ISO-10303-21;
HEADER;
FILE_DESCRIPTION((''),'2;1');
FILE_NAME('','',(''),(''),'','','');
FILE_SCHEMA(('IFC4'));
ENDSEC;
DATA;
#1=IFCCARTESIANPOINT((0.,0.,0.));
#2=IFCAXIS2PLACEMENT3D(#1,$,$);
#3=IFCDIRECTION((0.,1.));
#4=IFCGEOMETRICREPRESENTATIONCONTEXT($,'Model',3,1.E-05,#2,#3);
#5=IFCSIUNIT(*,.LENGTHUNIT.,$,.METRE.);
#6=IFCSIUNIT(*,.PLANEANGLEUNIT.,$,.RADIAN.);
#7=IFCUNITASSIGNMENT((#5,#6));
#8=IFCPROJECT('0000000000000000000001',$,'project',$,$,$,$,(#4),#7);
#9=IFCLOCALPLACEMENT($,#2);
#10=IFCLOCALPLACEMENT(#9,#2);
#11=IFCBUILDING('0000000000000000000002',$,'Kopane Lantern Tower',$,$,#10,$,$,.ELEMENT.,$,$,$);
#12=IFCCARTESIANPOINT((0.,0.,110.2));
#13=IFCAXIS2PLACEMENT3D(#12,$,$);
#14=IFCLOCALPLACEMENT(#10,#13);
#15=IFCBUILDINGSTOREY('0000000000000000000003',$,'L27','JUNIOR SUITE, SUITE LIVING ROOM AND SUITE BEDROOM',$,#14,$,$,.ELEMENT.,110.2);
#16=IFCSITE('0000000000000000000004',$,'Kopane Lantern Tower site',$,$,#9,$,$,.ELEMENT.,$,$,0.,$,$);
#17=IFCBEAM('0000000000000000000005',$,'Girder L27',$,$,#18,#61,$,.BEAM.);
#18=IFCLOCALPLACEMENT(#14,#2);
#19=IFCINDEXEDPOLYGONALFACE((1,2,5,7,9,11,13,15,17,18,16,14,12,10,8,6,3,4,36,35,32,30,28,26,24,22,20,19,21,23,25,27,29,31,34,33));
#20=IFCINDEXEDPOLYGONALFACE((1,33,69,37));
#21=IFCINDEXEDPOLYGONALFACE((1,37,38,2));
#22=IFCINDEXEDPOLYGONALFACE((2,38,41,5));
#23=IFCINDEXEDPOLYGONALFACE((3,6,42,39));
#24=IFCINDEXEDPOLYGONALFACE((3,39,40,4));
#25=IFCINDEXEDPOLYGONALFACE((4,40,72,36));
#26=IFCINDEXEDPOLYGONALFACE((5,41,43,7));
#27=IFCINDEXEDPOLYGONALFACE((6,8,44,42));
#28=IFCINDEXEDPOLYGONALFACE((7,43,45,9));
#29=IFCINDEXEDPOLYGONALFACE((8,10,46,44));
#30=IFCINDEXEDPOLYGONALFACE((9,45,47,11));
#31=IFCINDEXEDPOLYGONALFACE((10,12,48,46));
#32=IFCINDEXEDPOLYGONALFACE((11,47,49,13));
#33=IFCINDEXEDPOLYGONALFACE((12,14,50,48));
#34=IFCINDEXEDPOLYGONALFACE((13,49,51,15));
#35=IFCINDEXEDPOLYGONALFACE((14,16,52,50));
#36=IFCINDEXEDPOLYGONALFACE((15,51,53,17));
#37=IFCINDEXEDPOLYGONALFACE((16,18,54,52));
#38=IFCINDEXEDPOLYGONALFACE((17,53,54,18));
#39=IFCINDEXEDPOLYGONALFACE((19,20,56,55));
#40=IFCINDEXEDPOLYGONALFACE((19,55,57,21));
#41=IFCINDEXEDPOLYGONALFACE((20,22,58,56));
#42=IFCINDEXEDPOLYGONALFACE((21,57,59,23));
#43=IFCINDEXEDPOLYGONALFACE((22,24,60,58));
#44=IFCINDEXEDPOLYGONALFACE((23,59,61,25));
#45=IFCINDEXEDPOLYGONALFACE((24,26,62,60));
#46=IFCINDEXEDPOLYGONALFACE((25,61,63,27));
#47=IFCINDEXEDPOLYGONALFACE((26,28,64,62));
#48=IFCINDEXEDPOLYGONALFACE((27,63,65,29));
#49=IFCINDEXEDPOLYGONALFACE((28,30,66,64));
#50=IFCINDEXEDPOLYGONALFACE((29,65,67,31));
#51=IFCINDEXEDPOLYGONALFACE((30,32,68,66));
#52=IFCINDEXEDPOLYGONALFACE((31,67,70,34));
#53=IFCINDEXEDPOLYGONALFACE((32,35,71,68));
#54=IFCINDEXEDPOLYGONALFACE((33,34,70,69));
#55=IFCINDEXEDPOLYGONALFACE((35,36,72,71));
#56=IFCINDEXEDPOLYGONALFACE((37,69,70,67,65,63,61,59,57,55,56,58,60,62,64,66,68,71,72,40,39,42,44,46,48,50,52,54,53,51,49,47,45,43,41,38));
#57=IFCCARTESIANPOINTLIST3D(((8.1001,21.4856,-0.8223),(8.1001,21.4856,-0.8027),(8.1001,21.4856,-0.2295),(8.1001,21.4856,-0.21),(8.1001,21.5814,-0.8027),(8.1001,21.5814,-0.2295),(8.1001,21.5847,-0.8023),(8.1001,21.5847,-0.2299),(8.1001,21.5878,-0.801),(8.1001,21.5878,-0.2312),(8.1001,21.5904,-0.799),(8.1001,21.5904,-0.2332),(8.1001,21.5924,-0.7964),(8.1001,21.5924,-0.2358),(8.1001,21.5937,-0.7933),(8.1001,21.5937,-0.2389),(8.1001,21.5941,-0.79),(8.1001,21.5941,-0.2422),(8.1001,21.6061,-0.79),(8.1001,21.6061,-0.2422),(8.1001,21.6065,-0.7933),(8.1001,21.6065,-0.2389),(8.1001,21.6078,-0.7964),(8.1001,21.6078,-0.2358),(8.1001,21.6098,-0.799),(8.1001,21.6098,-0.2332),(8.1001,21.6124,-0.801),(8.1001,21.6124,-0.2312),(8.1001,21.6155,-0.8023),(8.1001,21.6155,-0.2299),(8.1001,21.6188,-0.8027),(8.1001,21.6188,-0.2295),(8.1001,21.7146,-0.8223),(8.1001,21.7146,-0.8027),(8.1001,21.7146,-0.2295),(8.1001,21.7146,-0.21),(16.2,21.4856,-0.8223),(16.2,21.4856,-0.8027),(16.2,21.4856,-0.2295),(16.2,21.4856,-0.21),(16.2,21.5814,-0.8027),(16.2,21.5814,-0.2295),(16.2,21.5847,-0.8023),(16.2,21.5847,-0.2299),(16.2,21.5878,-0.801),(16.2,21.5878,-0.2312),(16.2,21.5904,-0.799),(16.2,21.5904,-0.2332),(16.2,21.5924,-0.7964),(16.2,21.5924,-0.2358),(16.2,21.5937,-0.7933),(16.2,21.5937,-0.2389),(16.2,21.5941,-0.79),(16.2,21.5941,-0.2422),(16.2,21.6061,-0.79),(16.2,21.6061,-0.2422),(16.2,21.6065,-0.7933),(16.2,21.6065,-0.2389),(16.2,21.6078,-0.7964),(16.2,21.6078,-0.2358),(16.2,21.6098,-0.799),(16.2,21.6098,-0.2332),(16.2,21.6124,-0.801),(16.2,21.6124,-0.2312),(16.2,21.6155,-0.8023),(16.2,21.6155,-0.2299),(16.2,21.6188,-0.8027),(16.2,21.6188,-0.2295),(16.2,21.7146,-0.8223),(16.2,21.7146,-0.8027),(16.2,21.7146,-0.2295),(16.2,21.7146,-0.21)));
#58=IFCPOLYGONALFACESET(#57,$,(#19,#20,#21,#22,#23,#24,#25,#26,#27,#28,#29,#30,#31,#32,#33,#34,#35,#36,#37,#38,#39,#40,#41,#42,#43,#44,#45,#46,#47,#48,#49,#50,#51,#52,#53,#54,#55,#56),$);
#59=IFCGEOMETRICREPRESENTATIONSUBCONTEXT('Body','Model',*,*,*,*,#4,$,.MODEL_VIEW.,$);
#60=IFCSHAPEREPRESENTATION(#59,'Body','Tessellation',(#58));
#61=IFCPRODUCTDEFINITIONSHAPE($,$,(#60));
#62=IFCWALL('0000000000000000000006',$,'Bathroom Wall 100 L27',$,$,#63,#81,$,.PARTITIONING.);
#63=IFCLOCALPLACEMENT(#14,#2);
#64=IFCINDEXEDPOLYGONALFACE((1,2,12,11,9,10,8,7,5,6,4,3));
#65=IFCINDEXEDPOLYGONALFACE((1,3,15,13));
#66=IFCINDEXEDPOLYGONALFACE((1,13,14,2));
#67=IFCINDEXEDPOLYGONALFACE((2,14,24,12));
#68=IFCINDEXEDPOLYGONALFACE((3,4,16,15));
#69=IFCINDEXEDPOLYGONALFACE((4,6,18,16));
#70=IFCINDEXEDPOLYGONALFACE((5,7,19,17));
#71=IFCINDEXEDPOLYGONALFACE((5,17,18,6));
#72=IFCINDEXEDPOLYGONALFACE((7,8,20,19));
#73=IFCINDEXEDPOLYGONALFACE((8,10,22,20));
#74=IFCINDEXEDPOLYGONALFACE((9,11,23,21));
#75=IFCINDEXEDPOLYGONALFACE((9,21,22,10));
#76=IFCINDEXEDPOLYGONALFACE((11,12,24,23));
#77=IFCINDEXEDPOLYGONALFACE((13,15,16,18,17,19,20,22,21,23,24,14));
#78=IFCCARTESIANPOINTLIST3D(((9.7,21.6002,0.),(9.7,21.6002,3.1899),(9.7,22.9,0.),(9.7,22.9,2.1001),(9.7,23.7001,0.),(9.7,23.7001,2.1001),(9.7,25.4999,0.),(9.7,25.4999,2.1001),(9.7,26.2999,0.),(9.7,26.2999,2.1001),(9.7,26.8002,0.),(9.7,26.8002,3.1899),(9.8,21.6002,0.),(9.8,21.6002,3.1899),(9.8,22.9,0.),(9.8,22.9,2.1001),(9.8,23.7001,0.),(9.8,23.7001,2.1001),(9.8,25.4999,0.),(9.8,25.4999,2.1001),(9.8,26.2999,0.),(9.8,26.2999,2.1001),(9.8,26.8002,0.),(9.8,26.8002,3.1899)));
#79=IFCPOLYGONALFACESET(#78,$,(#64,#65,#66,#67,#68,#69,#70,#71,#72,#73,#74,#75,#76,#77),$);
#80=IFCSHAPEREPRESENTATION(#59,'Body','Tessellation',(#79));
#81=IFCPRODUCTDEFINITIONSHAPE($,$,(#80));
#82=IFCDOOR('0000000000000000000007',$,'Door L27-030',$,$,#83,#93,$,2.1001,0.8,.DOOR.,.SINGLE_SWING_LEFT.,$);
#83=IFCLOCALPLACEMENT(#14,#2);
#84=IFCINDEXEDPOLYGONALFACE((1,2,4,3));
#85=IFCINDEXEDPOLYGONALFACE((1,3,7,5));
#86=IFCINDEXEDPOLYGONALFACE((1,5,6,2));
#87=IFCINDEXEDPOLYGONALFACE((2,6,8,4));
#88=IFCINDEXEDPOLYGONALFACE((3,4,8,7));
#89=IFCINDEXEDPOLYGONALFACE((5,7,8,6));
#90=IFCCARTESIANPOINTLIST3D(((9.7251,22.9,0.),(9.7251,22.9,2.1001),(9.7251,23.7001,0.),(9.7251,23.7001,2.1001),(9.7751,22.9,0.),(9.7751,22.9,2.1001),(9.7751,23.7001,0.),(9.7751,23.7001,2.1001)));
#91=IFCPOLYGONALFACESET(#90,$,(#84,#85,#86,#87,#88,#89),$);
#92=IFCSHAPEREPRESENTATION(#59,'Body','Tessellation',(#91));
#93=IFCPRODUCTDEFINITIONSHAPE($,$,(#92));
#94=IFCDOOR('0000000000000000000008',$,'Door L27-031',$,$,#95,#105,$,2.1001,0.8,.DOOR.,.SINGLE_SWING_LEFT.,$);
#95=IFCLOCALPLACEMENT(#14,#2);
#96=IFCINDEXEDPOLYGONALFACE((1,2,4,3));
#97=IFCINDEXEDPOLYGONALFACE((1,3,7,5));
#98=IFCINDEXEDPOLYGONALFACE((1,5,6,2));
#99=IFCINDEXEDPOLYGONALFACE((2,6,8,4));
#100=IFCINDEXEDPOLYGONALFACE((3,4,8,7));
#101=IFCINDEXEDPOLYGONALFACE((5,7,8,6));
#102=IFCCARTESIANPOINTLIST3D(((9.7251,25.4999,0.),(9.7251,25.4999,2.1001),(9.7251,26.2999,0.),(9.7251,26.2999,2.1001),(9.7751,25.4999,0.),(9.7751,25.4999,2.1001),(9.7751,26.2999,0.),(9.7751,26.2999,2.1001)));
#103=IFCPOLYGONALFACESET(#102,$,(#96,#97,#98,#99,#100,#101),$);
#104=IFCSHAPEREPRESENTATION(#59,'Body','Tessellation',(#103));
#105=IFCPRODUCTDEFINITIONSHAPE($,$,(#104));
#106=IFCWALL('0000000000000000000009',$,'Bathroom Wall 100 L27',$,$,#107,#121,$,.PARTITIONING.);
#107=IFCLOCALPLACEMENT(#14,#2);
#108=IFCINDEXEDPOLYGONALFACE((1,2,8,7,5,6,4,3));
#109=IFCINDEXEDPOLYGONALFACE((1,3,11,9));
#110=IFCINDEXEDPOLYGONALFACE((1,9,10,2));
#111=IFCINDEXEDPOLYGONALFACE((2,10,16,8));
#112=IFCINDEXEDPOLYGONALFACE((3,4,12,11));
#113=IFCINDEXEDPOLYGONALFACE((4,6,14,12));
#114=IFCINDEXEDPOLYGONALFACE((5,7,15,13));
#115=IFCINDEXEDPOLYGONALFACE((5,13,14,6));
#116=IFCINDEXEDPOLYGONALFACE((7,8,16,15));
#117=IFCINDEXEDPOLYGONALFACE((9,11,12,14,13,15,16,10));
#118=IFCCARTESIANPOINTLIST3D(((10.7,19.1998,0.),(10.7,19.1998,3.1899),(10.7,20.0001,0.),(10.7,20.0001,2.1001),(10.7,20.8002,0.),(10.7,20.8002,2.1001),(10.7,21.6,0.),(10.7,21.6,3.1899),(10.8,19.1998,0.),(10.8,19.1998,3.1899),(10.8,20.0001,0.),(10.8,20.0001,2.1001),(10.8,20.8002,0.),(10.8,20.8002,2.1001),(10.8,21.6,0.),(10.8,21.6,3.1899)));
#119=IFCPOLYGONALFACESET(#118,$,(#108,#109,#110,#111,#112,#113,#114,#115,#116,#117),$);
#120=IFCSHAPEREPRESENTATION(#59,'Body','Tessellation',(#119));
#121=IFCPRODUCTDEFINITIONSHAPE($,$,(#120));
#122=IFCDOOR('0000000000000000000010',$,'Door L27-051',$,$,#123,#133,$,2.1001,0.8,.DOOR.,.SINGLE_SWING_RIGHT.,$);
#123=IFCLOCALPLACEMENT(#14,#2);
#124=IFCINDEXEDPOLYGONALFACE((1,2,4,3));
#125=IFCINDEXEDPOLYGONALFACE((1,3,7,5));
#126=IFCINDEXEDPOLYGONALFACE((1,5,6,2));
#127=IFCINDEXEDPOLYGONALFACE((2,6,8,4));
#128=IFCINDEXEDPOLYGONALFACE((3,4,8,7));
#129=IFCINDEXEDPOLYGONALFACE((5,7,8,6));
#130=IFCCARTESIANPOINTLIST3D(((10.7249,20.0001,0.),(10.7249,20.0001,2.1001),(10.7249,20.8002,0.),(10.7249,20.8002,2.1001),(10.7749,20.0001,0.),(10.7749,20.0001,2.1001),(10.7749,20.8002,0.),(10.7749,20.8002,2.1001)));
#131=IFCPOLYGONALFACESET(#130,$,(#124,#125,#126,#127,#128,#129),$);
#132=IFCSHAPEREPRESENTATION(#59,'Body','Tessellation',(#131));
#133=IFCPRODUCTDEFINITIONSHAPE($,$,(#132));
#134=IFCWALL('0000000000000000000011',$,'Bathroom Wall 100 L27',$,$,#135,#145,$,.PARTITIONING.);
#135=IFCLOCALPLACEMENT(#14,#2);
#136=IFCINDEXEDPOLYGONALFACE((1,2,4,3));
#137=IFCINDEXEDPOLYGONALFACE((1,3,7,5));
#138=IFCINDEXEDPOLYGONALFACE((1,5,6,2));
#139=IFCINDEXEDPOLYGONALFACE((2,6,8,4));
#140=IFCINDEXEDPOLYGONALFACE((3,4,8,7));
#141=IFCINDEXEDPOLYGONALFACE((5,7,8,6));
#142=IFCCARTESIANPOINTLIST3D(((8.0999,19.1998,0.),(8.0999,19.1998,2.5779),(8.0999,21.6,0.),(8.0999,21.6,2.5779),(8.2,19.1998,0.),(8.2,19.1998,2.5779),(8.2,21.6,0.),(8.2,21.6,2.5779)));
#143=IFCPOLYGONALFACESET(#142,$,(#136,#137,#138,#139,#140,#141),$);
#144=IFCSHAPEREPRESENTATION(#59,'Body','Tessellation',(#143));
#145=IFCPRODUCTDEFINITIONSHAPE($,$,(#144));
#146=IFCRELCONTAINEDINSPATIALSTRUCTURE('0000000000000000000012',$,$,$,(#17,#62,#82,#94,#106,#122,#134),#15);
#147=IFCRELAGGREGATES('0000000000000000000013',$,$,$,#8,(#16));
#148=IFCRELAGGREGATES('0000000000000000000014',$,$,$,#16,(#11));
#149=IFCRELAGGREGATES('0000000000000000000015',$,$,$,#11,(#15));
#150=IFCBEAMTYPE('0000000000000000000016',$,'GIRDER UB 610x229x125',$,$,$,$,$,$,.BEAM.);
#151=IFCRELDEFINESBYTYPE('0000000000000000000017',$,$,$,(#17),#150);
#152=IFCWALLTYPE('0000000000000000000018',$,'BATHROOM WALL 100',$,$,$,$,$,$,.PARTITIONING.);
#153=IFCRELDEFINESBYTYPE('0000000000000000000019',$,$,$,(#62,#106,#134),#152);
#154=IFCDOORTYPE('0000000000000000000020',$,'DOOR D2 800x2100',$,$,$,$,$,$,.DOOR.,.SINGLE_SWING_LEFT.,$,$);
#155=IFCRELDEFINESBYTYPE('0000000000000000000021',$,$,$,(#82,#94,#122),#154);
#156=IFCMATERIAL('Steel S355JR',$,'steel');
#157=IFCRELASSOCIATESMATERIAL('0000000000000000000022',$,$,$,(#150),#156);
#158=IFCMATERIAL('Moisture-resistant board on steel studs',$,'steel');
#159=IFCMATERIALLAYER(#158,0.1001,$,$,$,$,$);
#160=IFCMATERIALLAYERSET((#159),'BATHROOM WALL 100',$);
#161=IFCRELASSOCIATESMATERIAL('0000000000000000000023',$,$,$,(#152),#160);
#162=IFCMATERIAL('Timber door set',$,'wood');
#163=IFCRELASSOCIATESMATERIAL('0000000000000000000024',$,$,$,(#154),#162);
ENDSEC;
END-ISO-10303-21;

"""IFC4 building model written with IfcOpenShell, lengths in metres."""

from ifc_helpers import new_model, si_unit, direction, frame, frame_2d, origin, origin_2d, place, context, subcontext, project, spatial, rectangle, i_section, extrude, material, layer, layer_set, material_profile, profile_set, type_object, element, fill, save


model = new_model("IFC4")

# Units and contexts
model_context = context("Model", 3, precision=1e-05, world=origin(), true_north=direction((0.0, 1.0)))
body_context = subcontext(model_context, "Body", "Model", "MODEL_VIEW")
ifc_project = project(units=[si_unit("LENGTHUNIT", "METRE"), si_unit("PLANEANGLEUNIT", "RADIAN")], contexts=[model_context])

# Site, building, storey
site_placement = place(None, origin())
site = spatial("IfcSite", under=ifc_project, at=site_placement, Name="Kopane Lantern Tower site", CompositionType="ELEMENT", RefElevation=0.0)
building_placement = place(site_placement, origin())
building = spatial("IfcBuilding", under=site, at=building_placement, Name="Kopane Lantern Tower", CompositionType="ELEMENT")
storey_placement = place(building_placement, frame((0.0, 0.0, 110.2)))
storey = spatial("IfcBuildingStorey", under=building, at=storey_placement, Name="L27", Description="JUNIOR SUITE, SUITE LIVING ROOM AND SUITE BEDROOM", CompositionType="ELEMENT", Elevation=110.2)

# Beam
ifc_material_1 = material(Name="Steel S355JR", Category="steel")
ifc_material_profile_1 = material_profile(ifc_material_1, i_section(OverallWidth=0.229, OverallDepth=0.6123, WebThickness=0.012, FlangeThickness=0.0195, FilletRadius=0.0127, at=origin_2d()), Name="UB 610x229x125")
ifc_profile_set_1 = profile_set([ifc_material_profile_1], Name="Steel S355JR")
beam_type = type_object("IfcBeamType", Name="GIRDER UB 610x229x125", PredefinedType="BEAM", material=ifc_profile_set_1)
for number, where, z_axis, x_axis, name in (
    (1, (8.1001, 21.6001, -0.5161), (1.0, 0.0, 0.0), (0.0, 1.0, 0.0), "Girder L27"),
):
    element("IfcBeam", number, at=place(storey_placement, frame(where, z_axis=z_axis, x_axis=x_axis)), inside=storey, type_object=beam_type, Name=name, PredefinedType="BEAM", context=body_context, shape_type="SweptSolid", body=[
        extrude(i_section(OverallWidth=0.229, OverallDepth=0.6123, WebThickness=0.012, FlangeThickness=0.0195, FilletRadius=0.0127, at=origin_2d()), origin(), (0.0, 0.0, 1.0), 8.0999),
    ])

# Wall, openings, doors
ifc_material_2 = material(Name="Moisture-resistant board on steel studs", Category="steel")
ifc_layer_1 = layer(ifc_material_2, 0.1001)
ifc_layer_set_1 = layer_set([ifc_layer_1], Name="BATHROOM WALL 100")
wall_type_1 = type_object("IfcWallType", Name="BATHROOM WALL 100", PredefinedType="PARTITIONING", material=ifc_layer_set_1)
wall_1_placement = place(storey_placement, frame((9.75, 21.6001, 0.0), z_axis=(0.0, 0.0, 1.0), x_axis=(0.0, 1.0, 0.0)))
wall_1 = element("IfcWall", 2, at=wall_1_placement, inside=storey, type_object=wall_type_1, Name="Bathroom Wall 100 L27", PredefinedType="PARTITIONING", context=body_context, shape_type="SweptSolid", body=[
    extrude(rectangle(XDim=5.2, YDim=0.1001, at=frame_2d((2.6001, 0.0))), origin(), (0.0, 0.0, 1.0), 3.1899),
])
opening_1_placement = place(wall_1_placement, frame((1.3, 0.0, 0.0)))
opening_1 = element("IfcOpeningElement", 3, at=opening_1_placement, cuts=wall_1, PredefinedType="OPENING", context=body_context, shape_type="SweptSolid", body=[
    extrude(rectangle(XDim=0.8, YDim=2.1001, at=frame_2d((0.3999, 1.05))), frame((0.0, 0.0601, 0.0), z_axis=(0.0, -1.0, 0.0), x_axis=(1.0, 0.0, 0.0)), (0.0, 0.0, 1.0), 0.1201),
])
opening_2_placement = place(wall_1_placement, frame((3.8999, 0.0, 0.0)))
opening_2 = element("IfcOpeningElement", 4, at=opening_2_placement, cuts=wall_1, PredefinedType="OPENING", context=body_context, shape_type="SweptSolid", body=[
    extrude(rectangle(XDim=0.8, YDim=2.1001, at=frame_2d((0.3999, 1.05))), frame((0.0, 0.0601, 0.0), z_axis=(0.0, -1.0, 0.0), x_axis=(1.0, 0.0, 0.0)), (0.0, 0.0, 1.0), 0.1201),
])
ifc_material_3 = material(Name="Timber door set", Category="wood")
door_type_1 = type_object("IfcDoorType", Name="DOOR D2 800x2100", OperationType="SINGLE_SWING_LEFT", PredefinedType="DOOR", material=ifc_material_3)
door_1_placement = place(opening_1_placement, origin())
door_1 = element("IfcDoor", 5, at=door_1_placement, inside=storey, type_object=door_type_1, Name="Door L27-030", OperationType="SINGLE_SWING_LEFT", OverallHeight=2.1001, OverallWidth=0.8, PredefinedType="DOOR", context=body_context, shape_type="SweptSolid", body=[
    extrude(rectangle(XDim=0.8, YDim=2.1001, at=frame_2d((0.3999, 1.05))), frame((0.0, 0.0249, 0.0), z_axis=(0.0, -1.0, 0.0), x_axis=(1.0, 0.0, 0.0)), (0.0, 0.0, 1.0), 0.05),
])
fill(opening_1, door_1)
door_2_placement = place(opening_2_placement, origin())
door_2 = element("IfcDoor", 6, at=door_2_placement, inside=storey, type_object=door_type_1, Name="Door L27-031", OperationType="SINGLE_SWING_LEFT", OverallHeight=2.1001, OverallWidth=0.8, PredefinedType="DOOR", context=body_context, shape_type="SweptSolid", body=[
    extrude(rectangle(XDim=0.8, YDim=2.1001, at=frame_2d((0.3999, 1.05))), frame((0.0, 0.0249, 0.0), z_axis=(0.0, -1.0, 0.0), x_axis=(1.0, 0.0, 0.0)), (0.0, 0.0, 1.0), 0.05),
])
fill(opening_2, door_2)

# Wall, opening, door
wall_2_placement = place(storey_placement, frame((10.75, 21.6001, 0.0), z_axis=(0.0, 0.0, 1.0), x_axis=(0.0, -1.0, 0.0)))
wall_2 = element("IfcWall", 7, at=wall_2_placement, inside=storey, type_object=wall_type_1, Name="Bathroom Wall 100 L27", PredefinedType="PARTITIONING", context=body_context, shape_type="SweptSolid", body=[
    extrude(rectangle(XDim=2.4001, YDim=0.1001, at=frame_2d((1.2002, 0.0))), origin(), (0.0, 0.0, 1.0), 3.1899),
])
opening_3_placement = place(wall_2_placement, frame((0.8, 0.0, 0.0)))
opening_3 = element("IfcOpeningElement", 8, at=opening_3_placement, cuts=wall_2, PredefinedType="OPENING", context=body_context, shape_type="SweptSolid", body=[
    extrude(rectangle(XDim=0.8, YDim=2.1001, at=frame_2d((0.3999, 1.05))), frame((0.0, 0.0601, 0.0), z_axis=(0.0, -1.0, 0.0), x_axis=(1.0, 0.0, 0.0)), (0.0, 0.0, 1.0), 0.1201),
])
door_3_placement = place(opening_3_placement, origin())
door_3 = element("IfcDoor", 9, at=door_3_placement, inside=storey, type_object=door_type_1, Name="Door L27-051", OperationType="SINGLE_SWING_RIGHT", OverallHeight=2.1001, OverallWidth=0.8, PredefinedType="DOOR", context=body_context, shape_type="SweptSolid", body=[
    extrude(rectangle(XDim=0.8, YDim=2.1001, at=frame_2d((0.3999, 1.05))), frame((0.0, 0.0249, 0.0), z_axis=(0.0, -1.0, 0.0), x_axis=(1.0, 0.0, 0.0)), (0.0, 0.0, 1.0), 0.05),
])
fill(opening_3, door_3)

# Wall
wall_3_placement = place(storey_placement, frame((8.1499, 21.6001, 0.0), z_axis=(0.0, 0.0, 1.0), x_axis=(0.0, -1.0, 0.0)))
element("IfcWall", 10, at=wall_3_placement, inside=storey, type_object=wall_type_1, Name="Bathroom Wall 100 L27", PredefinedType="PARTITIONING", context=body_context, shape_type="SweptSolid", body=[
    extrude(rectangle(XDim=2.4001, YDim=0.1001, at=frame_2d((1.2002, 0.0))), origin(), (0.0, 0.0, 1.0), 2.5779),
])

save(model, "model.ifc")
